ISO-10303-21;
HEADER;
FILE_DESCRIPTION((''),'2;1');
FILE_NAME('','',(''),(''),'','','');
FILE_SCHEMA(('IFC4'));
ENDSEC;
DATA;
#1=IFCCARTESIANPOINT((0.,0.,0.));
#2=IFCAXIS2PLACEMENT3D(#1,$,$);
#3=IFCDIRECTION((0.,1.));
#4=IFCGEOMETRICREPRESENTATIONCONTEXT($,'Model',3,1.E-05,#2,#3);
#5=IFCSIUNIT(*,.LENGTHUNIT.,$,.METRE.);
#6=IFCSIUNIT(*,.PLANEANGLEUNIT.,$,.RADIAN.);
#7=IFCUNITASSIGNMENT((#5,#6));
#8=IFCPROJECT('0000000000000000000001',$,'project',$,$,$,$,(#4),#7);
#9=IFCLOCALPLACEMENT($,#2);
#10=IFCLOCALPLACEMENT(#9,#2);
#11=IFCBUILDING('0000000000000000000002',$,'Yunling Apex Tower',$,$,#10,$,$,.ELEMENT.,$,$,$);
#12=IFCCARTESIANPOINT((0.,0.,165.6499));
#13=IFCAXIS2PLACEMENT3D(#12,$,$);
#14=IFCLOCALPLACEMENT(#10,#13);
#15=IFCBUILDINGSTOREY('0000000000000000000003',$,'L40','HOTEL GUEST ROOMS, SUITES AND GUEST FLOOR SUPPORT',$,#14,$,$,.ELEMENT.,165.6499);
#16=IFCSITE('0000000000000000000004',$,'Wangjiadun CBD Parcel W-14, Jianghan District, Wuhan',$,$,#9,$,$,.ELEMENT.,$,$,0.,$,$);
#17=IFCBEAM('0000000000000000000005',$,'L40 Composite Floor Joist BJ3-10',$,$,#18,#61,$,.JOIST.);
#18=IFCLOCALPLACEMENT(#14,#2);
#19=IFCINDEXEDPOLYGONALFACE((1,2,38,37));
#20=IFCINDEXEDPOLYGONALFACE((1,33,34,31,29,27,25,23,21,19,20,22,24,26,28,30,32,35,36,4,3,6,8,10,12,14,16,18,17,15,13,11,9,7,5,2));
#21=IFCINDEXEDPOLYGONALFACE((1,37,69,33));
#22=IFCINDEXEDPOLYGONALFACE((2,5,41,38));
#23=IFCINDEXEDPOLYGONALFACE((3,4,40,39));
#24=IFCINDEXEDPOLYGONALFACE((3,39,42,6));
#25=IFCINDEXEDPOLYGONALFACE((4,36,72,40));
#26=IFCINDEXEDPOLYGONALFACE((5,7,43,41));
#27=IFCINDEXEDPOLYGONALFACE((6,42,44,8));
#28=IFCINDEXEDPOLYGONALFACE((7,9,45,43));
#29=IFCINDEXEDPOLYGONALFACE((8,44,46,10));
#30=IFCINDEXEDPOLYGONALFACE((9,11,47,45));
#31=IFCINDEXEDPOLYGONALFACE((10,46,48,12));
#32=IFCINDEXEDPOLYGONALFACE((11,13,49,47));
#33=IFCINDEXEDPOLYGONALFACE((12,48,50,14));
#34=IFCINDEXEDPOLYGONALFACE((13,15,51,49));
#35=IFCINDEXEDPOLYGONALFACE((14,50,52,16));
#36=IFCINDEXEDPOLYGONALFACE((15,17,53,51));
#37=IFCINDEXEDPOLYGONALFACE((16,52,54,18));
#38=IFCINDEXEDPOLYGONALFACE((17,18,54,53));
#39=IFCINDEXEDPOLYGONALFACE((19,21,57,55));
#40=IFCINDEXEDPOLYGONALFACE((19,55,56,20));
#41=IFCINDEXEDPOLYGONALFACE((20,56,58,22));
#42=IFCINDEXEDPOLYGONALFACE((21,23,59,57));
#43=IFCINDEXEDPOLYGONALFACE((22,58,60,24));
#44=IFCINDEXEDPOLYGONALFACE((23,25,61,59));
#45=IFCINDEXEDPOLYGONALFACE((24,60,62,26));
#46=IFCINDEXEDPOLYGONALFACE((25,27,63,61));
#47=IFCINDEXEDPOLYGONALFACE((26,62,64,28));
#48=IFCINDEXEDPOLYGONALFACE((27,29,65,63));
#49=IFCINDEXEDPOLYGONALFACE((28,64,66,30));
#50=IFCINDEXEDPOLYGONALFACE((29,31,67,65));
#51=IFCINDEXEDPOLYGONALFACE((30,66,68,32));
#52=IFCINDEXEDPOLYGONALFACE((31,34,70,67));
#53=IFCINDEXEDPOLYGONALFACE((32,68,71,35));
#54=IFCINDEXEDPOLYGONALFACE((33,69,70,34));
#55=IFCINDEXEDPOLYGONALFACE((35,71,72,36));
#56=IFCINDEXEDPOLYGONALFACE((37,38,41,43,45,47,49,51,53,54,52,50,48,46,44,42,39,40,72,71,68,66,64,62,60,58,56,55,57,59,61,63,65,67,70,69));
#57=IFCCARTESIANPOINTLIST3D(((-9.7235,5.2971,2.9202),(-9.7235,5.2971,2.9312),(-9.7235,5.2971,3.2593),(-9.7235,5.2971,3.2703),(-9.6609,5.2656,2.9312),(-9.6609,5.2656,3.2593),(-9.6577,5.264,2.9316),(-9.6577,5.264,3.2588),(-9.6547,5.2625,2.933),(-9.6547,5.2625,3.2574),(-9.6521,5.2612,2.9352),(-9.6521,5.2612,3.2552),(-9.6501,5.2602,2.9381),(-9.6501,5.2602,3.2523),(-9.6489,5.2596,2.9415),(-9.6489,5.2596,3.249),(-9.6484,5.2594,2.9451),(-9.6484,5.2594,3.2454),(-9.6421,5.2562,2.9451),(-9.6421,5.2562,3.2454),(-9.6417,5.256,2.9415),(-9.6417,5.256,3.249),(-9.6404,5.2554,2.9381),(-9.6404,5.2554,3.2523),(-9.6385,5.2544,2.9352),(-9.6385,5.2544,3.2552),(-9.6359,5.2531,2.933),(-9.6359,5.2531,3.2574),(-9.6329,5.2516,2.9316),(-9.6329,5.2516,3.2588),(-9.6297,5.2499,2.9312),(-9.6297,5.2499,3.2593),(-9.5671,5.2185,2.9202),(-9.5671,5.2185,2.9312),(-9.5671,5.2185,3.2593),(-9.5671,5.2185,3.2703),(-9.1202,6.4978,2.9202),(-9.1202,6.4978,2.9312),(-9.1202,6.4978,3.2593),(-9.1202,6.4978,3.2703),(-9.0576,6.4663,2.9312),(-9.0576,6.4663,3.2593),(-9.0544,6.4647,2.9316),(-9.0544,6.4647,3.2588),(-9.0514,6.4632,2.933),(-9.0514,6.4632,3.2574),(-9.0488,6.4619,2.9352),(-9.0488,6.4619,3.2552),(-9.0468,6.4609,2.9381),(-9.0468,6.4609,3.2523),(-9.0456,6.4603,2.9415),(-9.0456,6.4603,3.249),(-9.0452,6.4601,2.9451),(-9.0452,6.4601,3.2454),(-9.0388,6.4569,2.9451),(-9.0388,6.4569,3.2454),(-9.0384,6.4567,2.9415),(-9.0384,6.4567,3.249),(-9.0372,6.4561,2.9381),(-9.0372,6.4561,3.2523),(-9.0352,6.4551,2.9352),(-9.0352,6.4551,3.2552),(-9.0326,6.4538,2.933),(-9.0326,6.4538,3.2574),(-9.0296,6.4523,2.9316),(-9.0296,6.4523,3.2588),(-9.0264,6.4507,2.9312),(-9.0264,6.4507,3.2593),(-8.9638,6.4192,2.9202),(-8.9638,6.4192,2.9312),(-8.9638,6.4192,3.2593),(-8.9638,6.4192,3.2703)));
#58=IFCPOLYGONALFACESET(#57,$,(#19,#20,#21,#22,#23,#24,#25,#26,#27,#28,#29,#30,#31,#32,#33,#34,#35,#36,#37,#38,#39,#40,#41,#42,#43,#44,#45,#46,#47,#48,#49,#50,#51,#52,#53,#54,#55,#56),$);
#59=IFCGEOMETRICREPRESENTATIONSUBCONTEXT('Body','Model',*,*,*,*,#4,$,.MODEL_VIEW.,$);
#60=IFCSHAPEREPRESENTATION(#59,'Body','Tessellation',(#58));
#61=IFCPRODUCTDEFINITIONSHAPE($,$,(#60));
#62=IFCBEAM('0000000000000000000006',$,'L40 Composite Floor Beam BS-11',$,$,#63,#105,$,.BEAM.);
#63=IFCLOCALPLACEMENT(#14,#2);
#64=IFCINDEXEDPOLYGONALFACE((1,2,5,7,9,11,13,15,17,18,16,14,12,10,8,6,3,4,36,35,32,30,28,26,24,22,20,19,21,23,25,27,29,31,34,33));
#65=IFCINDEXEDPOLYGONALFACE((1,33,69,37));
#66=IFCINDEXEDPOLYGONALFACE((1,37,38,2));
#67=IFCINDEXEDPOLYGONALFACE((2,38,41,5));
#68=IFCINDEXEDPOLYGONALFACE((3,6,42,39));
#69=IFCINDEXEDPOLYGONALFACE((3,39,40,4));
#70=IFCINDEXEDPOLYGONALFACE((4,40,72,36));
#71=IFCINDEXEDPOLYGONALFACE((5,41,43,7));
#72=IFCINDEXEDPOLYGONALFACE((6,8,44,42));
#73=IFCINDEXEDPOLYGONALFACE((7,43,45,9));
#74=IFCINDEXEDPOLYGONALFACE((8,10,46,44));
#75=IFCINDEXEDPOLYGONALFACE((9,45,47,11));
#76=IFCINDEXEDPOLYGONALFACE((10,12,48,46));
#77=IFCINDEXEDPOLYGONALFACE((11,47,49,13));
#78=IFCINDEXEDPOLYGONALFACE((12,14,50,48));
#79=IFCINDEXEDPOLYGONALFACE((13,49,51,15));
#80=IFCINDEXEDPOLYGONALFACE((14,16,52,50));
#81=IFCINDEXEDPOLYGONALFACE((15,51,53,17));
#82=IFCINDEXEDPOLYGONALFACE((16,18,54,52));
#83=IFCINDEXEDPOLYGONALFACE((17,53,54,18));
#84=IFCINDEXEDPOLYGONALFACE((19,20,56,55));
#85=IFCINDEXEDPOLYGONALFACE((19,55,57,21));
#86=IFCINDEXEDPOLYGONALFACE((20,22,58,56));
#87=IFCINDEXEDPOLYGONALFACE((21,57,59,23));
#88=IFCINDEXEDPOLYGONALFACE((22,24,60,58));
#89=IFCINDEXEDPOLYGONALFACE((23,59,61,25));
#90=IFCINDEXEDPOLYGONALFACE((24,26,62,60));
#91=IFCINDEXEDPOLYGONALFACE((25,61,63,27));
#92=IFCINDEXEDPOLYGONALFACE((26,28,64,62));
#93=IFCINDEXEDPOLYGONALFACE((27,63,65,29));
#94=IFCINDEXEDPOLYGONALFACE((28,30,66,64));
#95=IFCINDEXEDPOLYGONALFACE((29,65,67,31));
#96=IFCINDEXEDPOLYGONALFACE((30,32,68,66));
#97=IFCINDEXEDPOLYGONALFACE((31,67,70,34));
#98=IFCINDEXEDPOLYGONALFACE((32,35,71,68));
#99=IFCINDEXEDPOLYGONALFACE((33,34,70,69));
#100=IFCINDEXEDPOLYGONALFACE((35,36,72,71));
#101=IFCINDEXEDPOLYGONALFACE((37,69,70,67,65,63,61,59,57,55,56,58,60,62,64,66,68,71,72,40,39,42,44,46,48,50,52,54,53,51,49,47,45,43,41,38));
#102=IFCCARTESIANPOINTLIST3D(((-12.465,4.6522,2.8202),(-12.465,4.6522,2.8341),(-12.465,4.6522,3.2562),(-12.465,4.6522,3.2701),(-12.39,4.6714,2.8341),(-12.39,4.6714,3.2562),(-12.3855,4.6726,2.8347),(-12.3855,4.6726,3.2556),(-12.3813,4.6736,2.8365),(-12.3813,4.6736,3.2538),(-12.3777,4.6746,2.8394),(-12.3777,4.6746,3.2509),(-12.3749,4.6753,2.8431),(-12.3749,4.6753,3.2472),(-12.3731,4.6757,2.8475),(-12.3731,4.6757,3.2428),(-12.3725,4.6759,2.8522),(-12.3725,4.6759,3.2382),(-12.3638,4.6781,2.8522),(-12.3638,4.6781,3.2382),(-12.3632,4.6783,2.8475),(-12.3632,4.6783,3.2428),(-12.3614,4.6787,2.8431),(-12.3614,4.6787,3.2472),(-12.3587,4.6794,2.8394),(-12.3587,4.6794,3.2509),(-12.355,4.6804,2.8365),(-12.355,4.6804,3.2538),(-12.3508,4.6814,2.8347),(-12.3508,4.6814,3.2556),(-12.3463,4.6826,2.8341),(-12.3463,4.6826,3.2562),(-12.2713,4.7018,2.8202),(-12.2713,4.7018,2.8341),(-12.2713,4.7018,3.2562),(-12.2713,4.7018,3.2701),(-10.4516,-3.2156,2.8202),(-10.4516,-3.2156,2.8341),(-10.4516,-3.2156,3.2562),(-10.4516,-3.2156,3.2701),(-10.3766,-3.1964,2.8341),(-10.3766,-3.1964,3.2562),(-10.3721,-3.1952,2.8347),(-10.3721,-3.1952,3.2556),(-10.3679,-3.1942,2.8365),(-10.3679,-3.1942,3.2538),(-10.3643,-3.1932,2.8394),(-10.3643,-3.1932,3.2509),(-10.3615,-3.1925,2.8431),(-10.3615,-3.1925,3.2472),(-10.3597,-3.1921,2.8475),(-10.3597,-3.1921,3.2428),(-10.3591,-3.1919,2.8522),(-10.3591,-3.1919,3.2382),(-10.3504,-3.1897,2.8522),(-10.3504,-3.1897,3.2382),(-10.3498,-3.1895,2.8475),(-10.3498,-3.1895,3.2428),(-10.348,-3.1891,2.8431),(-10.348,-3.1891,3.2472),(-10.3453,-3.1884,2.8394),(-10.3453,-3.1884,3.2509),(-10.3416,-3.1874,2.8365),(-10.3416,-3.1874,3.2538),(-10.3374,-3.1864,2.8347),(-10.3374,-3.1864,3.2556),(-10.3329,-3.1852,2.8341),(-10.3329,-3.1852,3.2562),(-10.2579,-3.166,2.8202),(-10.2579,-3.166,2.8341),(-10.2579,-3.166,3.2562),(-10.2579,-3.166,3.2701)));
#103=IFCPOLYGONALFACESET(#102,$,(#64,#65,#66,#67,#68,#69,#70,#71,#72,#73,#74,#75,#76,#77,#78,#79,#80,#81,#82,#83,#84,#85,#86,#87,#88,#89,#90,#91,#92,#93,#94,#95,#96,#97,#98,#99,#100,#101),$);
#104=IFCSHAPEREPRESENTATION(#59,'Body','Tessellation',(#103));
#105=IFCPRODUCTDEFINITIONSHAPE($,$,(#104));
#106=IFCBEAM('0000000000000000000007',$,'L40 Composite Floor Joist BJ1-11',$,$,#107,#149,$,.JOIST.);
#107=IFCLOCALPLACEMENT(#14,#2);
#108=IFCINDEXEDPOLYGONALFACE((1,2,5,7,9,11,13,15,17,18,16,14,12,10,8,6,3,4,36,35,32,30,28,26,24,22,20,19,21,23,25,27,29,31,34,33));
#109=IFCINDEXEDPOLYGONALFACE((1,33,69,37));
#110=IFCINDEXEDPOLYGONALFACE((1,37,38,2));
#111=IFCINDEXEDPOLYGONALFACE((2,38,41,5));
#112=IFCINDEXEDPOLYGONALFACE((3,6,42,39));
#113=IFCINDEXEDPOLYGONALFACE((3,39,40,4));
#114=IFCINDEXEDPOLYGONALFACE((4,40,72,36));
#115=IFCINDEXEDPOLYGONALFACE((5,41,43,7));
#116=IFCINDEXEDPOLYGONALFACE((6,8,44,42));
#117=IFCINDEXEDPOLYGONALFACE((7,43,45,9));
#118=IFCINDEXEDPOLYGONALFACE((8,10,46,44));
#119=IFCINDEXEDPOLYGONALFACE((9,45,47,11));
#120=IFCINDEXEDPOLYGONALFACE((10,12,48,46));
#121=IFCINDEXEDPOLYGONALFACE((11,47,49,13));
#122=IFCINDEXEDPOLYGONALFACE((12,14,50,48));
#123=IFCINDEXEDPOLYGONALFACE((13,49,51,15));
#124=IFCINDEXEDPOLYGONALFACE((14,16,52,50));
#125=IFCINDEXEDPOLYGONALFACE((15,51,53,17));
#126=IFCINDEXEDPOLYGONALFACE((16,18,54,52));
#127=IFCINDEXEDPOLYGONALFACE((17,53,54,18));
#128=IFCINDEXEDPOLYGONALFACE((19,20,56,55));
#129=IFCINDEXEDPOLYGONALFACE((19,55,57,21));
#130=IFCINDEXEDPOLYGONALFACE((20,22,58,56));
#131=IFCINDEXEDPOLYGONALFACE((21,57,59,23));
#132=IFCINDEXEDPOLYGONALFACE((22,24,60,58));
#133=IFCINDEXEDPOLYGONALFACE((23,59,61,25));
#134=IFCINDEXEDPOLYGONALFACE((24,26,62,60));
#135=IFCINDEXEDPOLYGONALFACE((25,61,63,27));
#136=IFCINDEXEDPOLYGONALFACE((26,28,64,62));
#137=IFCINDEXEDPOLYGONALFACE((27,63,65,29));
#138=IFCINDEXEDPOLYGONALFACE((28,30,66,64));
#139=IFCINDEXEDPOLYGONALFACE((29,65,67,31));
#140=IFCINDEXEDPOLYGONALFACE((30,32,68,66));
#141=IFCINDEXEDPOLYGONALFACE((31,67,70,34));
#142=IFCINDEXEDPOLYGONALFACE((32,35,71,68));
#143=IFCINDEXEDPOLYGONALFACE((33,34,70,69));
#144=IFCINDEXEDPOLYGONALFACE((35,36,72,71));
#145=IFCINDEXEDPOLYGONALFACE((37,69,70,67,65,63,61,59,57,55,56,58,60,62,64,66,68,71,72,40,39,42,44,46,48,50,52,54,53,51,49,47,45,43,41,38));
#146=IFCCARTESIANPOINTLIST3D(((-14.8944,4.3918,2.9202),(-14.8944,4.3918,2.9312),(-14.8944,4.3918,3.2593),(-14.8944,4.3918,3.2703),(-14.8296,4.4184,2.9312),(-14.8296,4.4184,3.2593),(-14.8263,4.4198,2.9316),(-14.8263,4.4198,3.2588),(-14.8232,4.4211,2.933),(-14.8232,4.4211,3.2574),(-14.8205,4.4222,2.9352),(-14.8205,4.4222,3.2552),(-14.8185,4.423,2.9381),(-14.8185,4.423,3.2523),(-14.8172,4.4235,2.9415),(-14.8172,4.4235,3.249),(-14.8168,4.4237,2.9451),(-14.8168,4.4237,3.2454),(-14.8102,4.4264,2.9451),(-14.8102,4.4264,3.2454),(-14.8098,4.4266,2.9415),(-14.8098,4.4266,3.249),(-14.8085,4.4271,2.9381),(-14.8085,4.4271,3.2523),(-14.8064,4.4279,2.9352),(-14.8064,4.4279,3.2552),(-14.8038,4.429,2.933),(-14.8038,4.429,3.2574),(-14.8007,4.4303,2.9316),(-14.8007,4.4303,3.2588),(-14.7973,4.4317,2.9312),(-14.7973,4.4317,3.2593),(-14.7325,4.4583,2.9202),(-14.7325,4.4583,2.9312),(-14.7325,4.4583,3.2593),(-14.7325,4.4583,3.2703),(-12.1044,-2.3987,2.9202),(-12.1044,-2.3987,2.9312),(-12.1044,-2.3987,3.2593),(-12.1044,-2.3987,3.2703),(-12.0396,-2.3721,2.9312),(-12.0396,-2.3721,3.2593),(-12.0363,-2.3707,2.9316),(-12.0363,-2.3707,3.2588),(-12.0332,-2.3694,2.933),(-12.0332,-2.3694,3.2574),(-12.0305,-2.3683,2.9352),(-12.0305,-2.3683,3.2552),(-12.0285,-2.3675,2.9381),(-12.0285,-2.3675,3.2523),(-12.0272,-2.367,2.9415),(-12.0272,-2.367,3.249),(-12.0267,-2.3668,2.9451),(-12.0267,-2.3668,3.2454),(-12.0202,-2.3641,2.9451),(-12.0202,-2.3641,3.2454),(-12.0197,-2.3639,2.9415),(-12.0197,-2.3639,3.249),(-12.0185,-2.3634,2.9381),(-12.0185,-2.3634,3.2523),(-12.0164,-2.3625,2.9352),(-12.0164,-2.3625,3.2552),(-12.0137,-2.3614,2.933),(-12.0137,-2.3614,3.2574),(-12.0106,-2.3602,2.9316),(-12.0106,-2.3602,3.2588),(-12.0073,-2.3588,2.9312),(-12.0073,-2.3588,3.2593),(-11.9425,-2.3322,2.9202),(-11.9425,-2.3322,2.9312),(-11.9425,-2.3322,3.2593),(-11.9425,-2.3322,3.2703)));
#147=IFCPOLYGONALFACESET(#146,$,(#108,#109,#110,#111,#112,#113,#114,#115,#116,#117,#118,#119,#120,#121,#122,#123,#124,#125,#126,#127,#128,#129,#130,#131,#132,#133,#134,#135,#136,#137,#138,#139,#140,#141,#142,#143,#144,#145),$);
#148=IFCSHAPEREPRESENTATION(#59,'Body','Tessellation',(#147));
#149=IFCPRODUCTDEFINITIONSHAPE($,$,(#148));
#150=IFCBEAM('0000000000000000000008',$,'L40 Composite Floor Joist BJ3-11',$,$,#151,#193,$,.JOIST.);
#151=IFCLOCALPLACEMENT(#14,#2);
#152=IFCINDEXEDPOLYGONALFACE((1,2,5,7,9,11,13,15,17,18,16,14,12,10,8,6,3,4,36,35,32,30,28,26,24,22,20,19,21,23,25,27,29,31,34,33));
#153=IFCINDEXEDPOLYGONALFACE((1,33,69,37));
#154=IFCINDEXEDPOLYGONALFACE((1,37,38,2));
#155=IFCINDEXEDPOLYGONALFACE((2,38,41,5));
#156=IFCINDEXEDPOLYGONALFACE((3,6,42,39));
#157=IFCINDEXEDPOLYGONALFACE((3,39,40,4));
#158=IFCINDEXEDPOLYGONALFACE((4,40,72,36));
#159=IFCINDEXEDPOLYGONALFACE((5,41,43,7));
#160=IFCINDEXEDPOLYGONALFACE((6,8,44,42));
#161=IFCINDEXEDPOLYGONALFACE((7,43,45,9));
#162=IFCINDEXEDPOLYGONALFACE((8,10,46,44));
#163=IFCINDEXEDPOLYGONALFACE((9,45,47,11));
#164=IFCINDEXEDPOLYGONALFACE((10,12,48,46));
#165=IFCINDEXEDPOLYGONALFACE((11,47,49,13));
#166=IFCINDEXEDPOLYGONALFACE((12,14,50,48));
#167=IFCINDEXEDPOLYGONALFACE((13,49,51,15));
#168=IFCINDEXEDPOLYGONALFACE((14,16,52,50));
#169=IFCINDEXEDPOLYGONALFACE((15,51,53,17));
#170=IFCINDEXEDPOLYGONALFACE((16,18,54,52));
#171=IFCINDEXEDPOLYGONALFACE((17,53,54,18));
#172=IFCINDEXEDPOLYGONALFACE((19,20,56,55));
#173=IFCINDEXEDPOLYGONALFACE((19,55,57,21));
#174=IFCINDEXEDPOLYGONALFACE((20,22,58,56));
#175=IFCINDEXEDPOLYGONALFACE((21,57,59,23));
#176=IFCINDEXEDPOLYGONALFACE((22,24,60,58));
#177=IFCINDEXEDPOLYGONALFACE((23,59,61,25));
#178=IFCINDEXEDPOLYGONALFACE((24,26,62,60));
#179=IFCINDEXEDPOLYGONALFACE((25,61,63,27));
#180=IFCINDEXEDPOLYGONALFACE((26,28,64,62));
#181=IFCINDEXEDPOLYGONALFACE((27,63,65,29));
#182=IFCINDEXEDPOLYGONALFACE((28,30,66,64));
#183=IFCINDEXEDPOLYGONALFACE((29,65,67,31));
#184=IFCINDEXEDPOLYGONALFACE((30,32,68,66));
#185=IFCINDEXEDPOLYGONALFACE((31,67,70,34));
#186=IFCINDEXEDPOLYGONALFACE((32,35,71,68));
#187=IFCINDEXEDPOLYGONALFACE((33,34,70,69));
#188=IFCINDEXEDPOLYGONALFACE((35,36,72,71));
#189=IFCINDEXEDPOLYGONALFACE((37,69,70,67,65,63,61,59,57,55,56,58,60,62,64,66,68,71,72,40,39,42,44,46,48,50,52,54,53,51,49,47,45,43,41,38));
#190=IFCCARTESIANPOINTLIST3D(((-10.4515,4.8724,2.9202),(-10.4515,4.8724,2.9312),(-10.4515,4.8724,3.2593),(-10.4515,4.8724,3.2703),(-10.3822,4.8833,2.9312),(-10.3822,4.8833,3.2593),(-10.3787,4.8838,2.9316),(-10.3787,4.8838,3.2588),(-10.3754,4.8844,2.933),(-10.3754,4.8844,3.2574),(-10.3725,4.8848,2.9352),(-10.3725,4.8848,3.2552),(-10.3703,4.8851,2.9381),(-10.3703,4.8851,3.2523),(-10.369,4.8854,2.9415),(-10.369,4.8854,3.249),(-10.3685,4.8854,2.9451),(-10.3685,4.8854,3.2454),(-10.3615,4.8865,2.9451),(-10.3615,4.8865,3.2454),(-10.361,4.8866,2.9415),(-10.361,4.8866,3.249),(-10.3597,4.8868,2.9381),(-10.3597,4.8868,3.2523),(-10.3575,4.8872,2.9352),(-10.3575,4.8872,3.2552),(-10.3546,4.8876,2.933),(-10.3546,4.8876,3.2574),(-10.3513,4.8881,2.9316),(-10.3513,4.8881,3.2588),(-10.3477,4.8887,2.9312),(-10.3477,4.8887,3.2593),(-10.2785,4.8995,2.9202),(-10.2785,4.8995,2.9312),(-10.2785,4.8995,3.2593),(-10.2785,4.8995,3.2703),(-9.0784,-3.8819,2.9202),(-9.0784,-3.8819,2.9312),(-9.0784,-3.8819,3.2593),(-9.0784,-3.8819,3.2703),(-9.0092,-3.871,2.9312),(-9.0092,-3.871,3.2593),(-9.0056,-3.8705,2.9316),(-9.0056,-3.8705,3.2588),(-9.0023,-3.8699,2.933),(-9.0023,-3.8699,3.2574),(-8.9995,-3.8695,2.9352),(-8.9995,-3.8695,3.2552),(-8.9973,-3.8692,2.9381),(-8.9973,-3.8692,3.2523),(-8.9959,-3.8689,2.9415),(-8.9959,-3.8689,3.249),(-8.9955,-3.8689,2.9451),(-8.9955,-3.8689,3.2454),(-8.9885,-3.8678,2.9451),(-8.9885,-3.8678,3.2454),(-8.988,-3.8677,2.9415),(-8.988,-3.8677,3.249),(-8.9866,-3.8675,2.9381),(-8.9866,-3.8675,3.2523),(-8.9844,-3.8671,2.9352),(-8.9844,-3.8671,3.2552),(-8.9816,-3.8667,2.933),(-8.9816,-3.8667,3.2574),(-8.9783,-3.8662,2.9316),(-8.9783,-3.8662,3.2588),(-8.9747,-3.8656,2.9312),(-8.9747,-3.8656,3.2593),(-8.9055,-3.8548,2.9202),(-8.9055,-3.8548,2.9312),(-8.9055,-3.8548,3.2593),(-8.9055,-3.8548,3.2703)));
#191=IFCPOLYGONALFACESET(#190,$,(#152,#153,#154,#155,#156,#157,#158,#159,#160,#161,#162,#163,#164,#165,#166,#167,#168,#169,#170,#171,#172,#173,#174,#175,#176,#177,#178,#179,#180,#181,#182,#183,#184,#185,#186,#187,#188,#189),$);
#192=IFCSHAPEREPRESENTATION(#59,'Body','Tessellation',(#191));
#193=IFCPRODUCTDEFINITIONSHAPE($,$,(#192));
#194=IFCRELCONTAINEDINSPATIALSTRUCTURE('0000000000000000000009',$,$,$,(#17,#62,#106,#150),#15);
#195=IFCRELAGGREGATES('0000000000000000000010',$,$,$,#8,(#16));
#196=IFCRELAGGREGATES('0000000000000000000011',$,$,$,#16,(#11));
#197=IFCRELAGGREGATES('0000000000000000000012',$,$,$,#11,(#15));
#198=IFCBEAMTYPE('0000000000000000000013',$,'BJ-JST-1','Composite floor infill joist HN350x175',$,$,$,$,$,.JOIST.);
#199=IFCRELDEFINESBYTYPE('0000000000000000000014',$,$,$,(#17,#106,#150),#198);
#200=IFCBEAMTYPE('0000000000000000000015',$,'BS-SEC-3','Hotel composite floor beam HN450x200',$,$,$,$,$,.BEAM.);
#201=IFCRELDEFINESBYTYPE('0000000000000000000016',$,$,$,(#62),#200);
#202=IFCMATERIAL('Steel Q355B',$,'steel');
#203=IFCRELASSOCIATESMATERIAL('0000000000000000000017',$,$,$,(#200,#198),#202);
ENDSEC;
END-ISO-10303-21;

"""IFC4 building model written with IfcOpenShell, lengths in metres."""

from ifc_helpers import new_model, si_unit, direction, frame, origin, origin_2d, place, context, subcontext, project, spatial, i_section, extrude, source, transform, mapped, material, material_profile, profile_set, type_object, element, save


model = new_model("IFC4")

# Units and contexts
model_context = context("Model", 3, precision=1e-05, world=origin(), true_north=direction((0.0, 1.0)))
body_context = subcontext(model_context, "Body", "Model", "MODEL_VIEW")
ifc_project = project(units=[si_unit("LENGTHUNIT", "METRE"), si_unit("PLANEANGLEUNIT", "RADIAN")], contexts=[model_context])

# Site, building, storey
site_placement = place(None, origin())
site = spatial("IfcSite", under=ifc_project, at=site_placement, Name="Wangjiadun CBD Parcel W-14, Jianghan District, Wuhan", CompositionType="ELEMENT", RefElevation=0.0)
building_placement = place(site_placement, origin())
building = spatial("IfcBuilding", under=site, at=building_placement, Name="Yunling Apex Tower", CompositionType="ELEMENT")
storey_placement = place(building_placement, frame((0.0, 0.0, 165.6499)))
storey = spatial("IfcBuildingStorey", under=building, at=storey_placement, Name="L40", Description="HOTEL GUEST ROOMS, SUITES AND GUEST FLOOR SUPPORT", CompositionType="ELEMENT", Elevation=165.6499)

# Beams
ifc_material_1 = material(Name="Steel Q355B", Category="steel")
ifc_material_profile_1 = material_profile(ifc_material_1, i_section(OverallWidth=0.2, OverallDepth=0.45, WebThickness=0.009, FlangeThickness=0.0139, FilletRadius=0.0181, at=origin_2d()))
ifc_profile_set_1 = profile_set([ifc_material_profile_1], Name="Steel Q355B")
beam_type_1 = type_object("IfcBeamType", Name="BS-SEC-3", Description="Hotel composite floor beam HN450x200", PredefinedType="BEAM", material=ifc_profile_set_1)
ifc_material_profile_2 = material_profile(ifc_material_1, i_section(OverallWidth=0.175, OverallDepth=0.3501, WebThickness=0.0071, FlangeThickness=0.011, FilletRadius=0.0139, at=origin_2d()))
ifc_profile_set_2 = profile_set([ifc_material_profile_2], Name="Steel Q355B")
beam_type_2 = type_object("IfcBeamType", Name="BJ-JST-1", Description="Composite floor infill joist HN350x175", PredefinedType="JOIST", material=ifc_profile_set_2)
shared_shape_1 = source(origin(), body_context, "Body", "SweptSolid", [
    extrude(i_section(OverallWidth=0.175, OverallDepth=0.3501, WebThickness=0.0071, FlangeThickness=0.011, FilletRadius=0.0139, at=origin_2d()), origin(), (0.0, 0.0, 1.0), 1.3438),
])
beam_1_placement = place(storey_placement, frame((-9.042, 6.4585, 3.0952), z_axis=(-0.448957, -0.893553, 0.0), x_axis=(0.893553, -0.448957, 0.0)))
element("IfcBeam", 1, at=beam_1_placement, inside=storey, type_object=beam_type_2, Name="L40 Composite Floor Joist BJ3-10", PredefinedType="JOIST", context=body_context, shape_type="MappedRepresentation", body=[
    mapped(shared_shape_1, transform((0.0, 0.0, 0.0), scale=1.0)),
])
shared_shape_2 = source(origin(), body_context, "Body", "SweptSolid", [
    extrude(i_section(OverallWidth=0.2, OverallDepth=0.45, WebThickness=0.009, FlangeThickness=0.0139, FilletRadius=0.0181, at=origin_2d()), origin(), (0.0, 0.0, 1.0), 8.1213),
])
beam_2_placement = place(storey_placement, frame((-12.3682, 4.677, 3.0452), z_axis=(0.247915, -0.968782, 0.0), x_axis=(0.968782, 0.247915, 0.0)))
element("IfcBeam", 2, at=beam_2_placement, inside=storey, type_object=beam_type_1, Name="L40 Composite Floor Beam BS-11", PredefinedType="BEAM", context=body_context, shape_type="MappedRepresentation", body=[
    mapped(shared_shape_2, transform((0.0, 0.0, 0.0), scale=1.0)),
])
shared_shape_3 = source(origin(), body_context, "Body", "SweptSolid", [
    extrude(i_section(OverallWidth=0.175, OverallDepth=0.3501, WebThickness=0.0071, FlangeThickness=0.011, FilletRadius=0.0139, at=origin_2d()), origin(), (0.0, 0.0, 1.0), 7.3413),
])
beam_3_placement = place(storey_placement, frame((-14.8135, 4.425, 3.0952), z_axis=(0.380044, -0.924968, 0.0), x_axis=(0.924968, 0.380044, 0.0)))
element("IfcBeam", 3, at=beam_3_placement, inside=storey, type_object=beam_type_2, Name="L40 Composite Floor Joist BJ1-11", PredefinedType="JOIST", context=body_context, shape_type="MappedRepresentation", body=[
    mapped(shared_shape_3, transform((0.0, 0.0, 0.0), scale=1.0)),
])
shared_shape_4 = source(origin(), body_context, "Body", "SweptSolid", [
    extrude(i_section(OverallWidth=0.175, OverallDepth=0.3501, WebThickness=0.0071, FlangeThickness=0.011, FilletRadius=0.0139, at=origin_2d()), origin(), (0.0, 0.0, 1.0), 8.8613),
])
beam_4_placement = place(storey_placement, frame((-10.365, 4.886, 3.0952), z_axis=(0.154947, -0.987923, 0.0), x_axis=(0.987923, 0.154947, 0.0)))
element("IfcBeam", 4, at=beam_4_placement, inside=storey, type_object=beam_type_2, Name="L40 Composite Floor Joist BJ3-11", PredefinedType="JOIST", context=body_context, shape_type="MappedRepresentation", body=[
    mapped(shared_shape_4, transform((0.0, 0.0, 0.0), scale=1.0)),
])

save(model, "model.ifc")
